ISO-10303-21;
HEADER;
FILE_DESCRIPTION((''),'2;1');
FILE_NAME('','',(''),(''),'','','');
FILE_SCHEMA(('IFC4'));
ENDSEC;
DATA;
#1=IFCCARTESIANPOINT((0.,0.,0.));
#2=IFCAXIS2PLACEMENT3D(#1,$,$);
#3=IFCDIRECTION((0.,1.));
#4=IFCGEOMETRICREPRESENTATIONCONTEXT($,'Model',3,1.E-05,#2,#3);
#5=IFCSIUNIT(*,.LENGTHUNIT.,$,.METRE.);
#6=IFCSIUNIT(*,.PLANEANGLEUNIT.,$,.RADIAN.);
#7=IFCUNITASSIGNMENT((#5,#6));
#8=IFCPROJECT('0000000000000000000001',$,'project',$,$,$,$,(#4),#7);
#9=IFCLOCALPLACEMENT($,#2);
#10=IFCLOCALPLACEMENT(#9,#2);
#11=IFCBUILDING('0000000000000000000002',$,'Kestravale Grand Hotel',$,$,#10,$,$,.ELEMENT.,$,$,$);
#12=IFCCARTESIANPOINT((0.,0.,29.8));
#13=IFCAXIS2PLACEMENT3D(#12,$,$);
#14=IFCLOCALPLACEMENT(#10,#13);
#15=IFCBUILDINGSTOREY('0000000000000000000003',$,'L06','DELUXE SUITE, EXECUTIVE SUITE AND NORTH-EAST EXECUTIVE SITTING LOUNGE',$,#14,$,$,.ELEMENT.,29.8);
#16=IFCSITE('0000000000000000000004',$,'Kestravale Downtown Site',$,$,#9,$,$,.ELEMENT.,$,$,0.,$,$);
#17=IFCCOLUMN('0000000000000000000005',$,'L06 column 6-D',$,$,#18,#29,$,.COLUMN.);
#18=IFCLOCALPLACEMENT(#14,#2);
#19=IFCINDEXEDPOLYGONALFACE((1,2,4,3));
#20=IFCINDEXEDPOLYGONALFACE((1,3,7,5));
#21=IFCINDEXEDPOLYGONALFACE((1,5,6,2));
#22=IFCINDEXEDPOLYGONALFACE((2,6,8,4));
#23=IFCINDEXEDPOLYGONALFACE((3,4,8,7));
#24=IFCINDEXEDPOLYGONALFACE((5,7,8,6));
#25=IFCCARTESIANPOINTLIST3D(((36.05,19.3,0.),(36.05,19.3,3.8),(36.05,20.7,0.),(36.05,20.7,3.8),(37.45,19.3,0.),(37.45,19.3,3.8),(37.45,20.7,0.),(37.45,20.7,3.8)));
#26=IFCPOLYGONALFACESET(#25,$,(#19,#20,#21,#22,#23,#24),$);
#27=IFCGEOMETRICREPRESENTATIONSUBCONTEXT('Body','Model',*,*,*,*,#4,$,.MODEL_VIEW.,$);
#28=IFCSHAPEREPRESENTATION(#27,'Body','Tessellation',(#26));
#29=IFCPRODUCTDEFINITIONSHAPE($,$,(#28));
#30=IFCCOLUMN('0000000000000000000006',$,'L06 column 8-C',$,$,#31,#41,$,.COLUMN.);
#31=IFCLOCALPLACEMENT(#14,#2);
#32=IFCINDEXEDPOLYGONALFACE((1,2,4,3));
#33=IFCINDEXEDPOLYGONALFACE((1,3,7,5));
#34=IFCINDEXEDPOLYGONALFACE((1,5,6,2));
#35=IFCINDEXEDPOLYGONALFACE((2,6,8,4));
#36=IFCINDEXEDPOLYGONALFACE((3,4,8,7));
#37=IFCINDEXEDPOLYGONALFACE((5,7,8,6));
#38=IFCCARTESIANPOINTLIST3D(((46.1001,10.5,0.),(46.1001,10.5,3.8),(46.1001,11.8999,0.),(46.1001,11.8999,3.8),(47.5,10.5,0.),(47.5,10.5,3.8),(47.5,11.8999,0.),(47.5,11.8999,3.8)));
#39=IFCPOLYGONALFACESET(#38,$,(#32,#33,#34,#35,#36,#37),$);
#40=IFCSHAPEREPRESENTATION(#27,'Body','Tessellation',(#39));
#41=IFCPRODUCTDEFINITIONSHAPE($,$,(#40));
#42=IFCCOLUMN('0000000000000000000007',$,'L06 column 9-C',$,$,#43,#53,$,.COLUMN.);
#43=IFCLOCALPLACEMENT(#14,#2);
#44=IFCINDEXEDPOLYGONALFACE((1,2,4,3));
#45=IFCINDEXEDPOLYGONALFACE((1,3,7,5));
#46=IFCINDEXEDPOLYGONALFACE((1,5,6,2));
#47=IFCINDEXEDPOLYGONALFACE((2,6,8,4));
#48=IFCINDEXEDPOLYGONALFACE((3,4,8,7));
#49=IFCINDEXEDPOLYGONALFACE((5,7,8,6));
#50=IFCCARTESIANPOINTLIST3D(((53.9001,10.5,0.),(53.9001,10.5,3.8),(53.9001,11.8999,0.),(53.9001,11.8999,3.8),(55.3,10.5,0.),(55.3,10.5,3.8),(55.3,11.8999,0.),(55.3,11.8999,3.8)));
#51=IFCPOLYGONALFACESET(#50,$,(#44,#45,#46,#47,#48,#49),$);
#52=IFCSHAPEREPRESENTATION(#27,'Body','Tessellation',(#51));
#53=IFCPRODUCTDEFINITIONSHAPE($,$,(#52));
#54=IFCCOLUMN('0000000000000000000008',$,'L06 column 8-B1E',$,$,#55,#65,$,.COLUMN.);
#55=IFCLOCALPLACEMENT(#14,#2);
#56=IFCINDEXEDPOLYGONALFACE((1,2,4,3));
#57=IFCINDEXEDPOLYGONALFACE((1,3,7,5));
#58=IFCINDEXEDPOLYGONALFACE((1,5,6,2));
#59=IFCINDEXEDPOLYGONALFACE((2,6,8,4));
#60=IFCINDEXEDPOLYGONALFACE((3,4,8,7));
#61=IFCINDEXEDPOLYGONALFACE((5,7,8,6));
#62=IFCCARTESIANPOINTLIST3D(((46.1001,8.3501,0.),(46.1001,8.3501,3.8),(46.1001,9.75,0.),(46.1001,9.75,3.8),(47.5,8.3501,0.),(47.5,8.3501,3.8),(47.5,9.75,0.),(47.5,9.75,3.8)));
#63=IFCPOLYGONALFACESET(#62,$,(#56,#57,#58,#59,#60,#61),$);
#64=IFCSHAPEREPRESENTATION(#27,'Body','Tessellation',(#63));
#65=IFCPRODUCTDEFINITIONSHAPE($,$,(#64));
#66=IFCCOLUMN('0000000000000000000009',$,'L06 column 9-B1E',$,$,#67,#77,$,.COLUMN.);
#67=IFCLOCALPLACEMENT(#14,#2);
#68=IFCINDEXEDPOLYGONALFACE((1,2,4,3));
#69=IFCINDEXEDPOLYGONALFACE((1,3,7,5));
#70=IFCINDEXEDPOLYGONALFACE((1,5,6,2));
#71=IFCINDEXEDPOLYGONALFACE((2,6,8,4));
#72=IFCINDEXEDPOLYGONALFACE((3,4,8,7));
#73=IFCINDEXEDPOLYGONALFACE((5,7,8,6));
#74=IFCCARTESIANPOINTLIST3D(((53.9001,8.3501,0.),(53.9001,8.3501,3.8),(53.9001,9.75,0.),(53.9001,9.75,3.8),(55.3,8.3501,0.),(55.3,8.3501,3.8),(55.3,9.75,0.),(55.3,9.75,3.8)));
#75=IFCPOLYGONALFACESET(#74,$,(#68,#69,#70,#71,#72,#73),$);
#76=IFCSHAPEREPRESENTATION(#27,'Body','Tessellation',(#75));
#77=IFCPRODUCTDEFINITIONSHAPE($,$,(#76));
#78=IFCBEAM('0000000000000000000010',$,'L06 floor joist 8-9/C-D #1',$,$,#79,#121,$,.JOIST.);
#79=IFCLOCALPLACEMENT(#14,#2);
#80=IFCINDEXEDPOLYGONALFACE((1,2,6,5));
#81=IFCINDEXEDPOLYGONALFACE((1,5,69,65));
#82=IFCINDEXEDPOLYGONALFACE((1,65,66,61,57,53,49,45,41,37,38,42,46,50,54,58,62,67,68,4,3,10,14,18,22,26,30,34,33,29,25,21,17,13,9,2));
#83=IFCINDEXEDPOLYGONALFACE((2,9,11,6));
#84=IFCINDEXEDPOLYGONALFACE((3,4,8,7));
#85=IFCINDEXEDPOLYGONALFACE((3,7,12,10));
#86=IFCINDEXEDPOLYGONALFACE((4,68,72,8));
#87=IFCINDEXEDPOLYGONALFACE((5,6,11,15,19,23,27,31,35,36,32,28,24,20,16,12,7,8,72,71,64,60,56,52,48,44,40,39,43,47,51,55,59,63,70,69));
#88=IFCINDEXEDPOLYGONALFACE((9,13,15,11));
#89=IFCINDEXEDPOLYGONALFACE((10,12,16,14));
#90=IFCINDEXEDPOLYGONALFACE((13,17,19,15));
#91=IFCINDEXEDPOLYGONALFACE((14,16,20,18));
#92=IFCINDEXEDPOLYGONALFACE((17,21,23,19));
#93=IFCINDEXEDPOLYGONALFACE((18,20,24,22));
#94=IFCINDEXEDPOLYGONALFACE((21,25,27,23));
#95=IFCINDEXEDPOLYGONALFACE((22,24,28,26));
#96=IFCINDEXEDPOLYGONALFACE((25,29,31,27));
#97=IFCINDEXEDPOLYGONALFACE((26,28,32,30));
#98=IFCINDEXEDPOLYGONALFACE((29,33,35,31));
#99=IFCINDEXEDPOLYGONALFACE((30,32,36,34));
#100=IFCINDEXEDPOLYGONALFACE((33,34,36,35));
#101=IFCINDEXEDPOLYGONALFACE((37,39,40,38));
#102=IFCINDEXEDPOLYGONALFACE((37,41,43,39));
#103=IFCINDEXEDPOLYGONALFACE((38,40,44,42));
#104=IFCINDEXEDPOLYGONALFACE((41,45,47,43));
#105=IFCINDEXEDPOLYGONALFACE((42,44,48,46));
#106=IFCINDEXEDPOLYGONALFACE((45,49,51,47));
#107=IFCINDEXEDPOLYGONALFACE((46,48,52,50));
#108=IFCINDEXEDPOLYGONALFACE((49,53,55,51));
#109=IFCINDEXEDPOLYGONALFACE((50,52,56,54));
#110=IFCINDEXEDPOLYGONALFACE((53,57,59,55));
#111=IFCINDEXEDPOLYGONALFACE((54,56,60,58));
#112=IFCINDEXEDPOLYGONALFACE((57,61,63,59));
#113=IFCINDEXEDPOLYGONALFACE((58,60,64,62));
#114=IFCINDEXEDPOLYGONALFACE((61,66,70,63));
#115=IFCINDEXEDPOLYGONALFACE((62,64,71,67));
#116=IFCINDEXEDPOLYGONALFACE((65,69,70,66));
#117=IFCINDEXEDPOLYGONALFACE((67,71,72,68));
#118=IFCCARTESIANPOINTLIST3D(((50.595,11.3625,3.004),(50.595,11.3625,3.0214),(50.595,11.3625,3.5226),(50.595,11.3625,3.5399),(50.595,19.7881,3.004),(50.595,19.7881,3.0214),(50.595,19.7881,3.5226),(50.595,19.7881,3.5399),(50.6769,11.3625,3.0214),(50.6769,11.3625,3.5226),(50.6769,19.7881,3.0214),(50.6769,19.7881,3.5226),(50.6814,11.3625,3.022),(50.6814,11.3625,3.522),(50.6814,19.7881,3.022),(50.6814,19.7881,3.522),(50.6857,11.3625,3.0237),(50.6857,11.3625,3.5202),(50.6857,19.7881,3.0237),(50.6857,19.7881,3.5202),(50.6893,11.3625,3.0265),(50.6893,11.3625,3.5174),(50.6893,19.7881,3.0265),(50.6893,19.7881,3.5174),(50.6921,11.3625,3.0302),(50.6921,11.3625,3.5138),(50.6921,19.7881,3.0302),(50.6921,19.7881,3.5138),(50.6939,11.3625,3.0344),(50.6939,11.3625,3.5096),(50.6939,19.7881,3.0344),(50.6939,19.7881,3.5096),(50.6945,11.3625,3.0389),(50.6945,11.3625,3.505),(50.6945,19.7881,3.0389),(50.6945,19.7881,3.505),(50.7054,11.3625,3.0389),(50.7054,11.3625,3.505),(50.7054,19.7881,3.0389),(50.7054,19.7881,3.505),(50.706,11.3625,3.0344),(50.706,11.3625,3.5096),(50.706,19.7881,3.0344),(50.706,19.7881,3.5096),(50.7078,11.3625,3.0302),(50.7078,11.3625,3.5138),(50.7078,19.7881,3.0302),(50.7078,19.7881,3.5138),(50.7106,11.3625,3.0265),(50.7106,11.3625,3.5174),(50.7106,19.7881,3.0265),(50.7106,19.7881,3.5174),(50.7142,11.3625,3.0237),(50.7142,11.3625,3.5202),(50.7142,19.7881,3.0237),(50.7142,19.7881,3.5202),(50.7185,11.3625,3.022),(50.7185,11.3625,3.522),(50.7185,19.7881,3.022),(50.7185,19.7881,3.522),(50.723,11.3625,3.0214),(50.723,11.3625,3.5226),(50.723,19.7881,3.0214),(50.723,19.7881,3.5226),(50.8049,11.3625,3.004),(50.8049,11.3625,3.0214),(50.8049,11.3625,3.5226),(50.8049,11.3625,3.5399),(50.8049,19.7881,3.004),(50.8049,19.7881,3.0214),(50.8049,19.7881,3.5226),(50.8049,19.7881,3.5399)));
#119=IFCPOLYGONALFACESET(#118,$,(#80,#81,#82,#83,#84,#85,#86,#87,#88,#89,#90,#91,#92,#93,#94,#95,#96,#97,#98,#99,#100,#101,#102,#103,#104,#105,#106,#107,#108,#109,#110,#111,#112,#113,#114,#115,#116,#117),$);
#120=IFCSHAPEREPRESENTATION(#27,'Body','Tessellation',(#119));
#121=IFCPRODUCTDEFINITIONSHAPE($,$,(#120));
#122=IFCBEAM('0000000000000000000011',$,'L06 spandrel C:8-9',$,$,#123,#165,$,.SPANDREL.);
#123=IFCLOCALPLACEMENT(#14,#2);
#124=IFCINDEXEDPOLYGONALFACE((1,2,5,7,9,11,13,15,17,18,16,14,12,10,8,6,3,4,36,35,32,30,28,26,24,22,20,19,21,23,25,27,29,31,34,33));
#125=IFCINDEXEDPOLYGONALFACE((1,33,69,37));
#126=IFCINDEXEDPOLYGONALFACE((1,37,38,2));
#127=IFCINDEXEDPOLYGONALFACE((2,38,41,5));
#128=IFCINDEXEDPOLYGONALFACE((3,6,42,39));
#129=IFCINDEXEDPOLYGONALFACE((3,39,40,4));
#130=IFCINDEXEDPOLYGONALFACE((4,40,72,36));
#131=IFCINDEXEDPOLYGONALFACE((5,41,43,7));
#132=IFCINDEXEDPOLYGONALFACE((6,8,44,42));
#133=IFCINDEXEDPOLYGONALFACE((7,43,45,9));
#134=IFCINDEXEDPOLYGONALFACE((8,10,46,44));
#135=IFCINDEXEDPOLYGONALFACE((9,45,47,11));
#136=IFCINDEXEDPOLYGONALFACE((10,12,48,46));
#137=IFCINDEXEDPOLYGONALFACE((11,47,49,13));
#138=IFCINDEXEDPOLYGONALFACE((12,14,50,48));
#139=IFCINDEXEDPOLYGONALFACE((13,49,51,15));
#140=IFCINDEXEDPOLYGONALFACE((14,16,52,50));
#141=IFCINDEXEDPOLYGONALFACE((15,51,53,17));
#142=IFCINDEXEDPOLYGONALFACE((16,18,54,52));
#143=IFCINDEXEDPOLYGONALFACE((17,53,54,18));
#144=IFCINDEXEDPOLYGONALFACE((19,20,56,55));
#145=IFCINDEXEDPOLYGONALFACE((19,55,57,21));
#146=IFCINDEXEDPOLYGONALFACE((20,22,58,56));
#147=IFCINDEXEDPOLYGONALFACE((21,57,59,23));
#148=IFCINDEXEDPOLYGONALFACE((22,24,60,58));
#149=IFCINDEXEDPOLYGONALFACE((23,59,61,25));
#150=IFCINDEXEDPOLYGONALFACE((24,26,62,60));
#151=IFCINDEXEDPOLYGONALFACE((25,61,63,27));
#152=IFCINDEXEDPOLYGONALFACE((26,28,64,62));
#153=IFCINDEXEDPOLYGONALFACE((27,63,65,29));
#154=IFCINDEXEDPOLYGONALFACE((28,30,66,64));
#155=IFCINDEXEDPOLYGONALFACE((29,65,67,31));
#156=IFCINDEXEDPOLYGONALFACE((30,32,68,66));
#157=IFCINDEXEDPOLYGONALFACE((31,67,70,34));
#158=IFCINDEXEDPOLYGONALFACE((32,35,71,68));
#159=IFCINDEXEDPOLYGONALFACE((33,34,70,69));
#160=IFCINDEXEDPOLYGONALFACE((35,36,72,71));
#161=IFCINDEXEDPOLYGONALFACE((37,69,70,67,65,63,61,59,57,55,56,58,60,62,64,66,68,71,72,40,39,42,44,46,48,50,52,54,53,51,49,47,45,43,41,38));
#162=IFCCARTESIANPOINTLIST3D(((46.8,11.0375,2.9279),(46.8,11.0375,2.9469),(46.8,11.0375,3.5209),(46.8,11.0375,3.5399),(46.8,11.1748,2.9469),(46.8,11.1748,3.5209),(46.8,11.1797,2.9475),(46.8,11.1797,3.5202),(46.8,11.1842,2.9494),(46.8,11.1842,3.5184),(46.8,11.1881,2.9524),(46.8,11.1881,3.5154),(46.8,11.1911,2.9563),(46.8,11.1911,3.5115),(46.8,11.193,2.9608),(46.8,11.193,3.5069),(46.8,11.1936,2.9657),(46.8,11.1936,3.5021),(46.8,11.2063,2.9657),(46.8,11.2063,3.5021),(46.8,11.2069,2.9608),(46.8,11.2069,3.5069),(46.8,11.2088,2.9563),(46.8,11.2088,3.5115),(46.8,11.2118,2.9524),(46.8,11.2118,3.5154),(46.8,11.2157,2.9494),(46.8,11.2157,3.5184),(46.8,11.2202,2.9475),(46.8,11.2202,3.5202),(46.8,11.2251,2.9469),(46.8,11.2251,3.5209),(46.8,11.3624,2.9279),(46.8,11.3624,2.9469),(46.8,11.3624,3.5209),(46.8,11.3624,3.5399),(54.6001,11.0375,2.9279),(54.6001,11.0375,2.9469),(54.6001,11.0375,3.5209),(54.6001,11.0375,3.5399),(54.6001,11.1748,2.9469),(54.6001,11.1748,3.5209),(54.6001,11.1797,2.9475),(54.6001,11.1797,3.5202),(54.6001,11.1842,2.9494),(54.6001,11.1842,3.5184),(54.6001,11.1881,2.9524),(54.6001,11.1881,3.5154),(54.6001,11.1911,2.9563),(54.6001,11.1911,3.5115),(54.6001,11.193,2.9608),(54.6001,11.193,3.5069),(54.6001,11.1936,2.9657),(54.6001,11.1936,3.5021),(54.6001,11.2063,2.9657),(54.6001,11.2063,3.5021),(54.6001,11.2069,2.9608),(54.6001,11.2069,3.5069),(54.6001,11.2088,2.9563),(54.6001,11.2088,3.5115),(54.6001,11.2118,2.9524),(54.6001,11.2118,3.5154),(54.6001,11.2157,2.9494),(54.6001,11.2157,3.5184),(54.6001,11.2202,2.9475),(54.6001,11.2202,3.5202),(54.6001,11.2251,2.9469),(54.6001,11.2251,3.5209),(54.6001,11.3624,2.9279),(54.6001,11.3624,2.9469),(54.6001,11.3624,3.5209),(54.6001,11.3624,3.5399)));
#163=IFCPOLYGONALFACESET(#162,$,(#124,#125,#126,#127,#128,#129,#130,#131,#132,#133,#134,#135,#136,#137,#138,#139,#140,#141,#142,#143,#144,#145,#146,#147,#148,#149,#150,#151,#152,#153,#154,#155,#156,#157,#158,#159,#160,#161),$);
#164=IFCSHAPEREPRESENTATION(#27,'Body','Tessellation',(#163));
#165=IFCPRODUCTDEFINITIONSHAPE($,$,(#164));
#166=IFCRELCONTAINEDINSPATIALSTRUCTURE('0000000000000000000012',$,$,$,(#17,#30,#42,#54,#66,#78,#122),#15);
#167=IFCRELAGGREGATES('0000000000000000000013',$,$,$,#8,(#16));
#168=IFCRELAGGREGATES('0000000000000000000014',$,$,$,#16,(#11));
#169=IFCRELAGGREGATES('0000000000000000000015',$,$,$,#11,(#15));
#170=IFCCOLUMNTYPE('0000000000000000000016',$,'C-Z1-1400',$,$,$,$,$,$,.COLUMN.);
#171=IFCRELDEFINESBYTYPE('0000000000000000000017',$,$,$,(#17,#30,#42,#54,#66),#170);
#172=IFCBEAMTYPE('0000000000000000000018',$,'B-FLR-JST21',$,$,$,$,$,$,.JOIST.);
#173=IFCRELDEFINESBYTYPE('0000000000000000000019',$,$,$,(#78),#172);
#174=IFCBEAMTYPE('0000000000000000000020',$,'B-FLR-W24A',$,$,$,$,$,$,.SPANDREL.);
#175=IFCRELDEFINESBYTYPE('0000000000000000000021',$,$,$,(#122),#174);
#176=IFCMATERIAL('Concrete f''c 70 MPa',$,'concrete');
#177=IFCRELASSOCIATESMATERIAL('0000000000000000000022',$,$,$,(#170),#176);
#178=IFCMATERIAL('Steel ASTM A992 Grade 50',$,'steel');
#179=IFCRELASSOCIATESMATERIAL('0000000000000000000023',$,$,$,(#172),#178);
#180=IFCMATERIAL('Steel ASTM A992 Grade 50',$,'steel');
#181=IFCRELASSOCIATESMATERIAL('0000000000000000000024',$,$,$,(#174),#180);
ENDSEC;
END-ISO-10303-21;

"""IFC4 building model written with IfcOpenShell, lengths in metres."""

from ifc_helpers import new_model, si_unit, direction, frame, origin, origin_2d, place, context, subcontext, project, spatial, rectangle, i_section, extrude, material, material_profile, profile_set, type_object, element, save


model = new_model("IFC4")

# Units and contexts
model_context = context("Model", 3, precision=1e-05, world=origin(), true_north=direction((0.0, 1.0)))
body_context = subcontext(model_context, "Body", "Model", "MODEL_VIEW")
ifc_project = project(units=[si_unit("LENGTHUNIT", "METRE"), si_unit("PLANEANGLEUNIT", "RADIAN")], contexts=[model_context])

# Site, building, storey
site_placement = place(None, origin())
site = spatial("IfcSite", under=ifc_project, at=site_placement, Name="Kestravale Downtown Site", CompositionType="ELEMENT", RefElevation=0.0)
building_placement = place(site_placement, origin())
building = spatial("IfcBuilding", under=site, at=building_placement, Name="Kestravale Grand Hotel", CompositionType="ELEMENT")
storey_placement = place(building_placement, frame((0.0, 0.0, 29.8)))
storey = spatial("IfcBuildingStorey", under=building, at=storey_placement, Name="L06", Description="DELUXE SUITE, EXECUTIVE SUITE AND NORTH-EAST EXECUTIVE SITTING LOUNGE", CompositionType="ELEMENT", Elevation=29.8)

# Columns
ifc_material_1 = material(Name="Concrete f'c 70 MPa", Category="concrete")
ifc_material_profile_1 = material_profile(ifc_material_1, rectangle(XDim=1.3999, YDim=1.3999, at=origin_2d()))
ifc_profile_set_1 = profile_set([ifc_material_profile_1], Name="Concrete f'c 70 MPa")
column_type = type_object("IfcColumnType", Name="C-Z1-1400", PredefinedType="COLUMN", material=ifc_profile_set_1)
for number, where, z_axis, x_axis, name in (
    (1, (36.75, 20.0, 0.0), (0.0, 0.0, 1.0), (1.0, 0.0, 0.0), "L06 column 6-D"),
    (2, (46.8, 11.2, 0.0), (0.0, 0.0, 1.0), (1.0, 0.0, 0.0), "L06 column 8-C"),
    (3, (54.6001, 11.2, 0.0), (0.0, 0.0, 1.0), (1.0, 0.0, 0.0), "L06 column 9-C"),
    (4, (46.8, 9.05, 0.0), (0.0, 0.0, 1.0), (1.0, 0.0, 0.0), "L06 column 8-B1E"),
    (5, (54.6001, 9.05, 0.0), (0.0, 0.0, 1.0), (1.0, 0.0, 0.0), "L06 column 9-B1E"),
):
    element("IfcColumn", number, at=place(storey_placement, frame(where, z_axis=z_axis, x_axis=x_axis)), inside=storey, type_object=column_type, Name=name, PredefinedType="COLUMN", context=body_context, shape_type="SweptSolid", body=[
        extrude(rectangle(XDim=1.3999, YDim=1.3999, at=origin_2d()), origin(), (0.0, 0.0, 1.0), 3.8),
    ])

# Beams
ifc_material_2 = material(Name="Steel ASTM A992 Grade 50", Category="steel")
ifc_material_profile_2 = material_profile(ifc_material_2, i_section(OverallWidth=0.21, OverallDepth=0.5359, WebThickness=0.011, FlangeThickness=0.0173, FilletRadius=0.0176, at=origin_2d()))
ifc_profile_set_2 = profile_set([ifc_material_profile_2], Name="Steel ASTM A992 Grade 50")
beam_type_1 = type_object("IfcBeamType", Name="B-FLR-JST21", PredefinedType="JOIST", material=ifc_profile_set_2)
beam_1_placement = place(storey_placement, frame((50.7, 11.3625, 3.272), z_axis=(0.0, 1.0, 0.0), x_axis=(-1.0, 0.0, 0.0)))
element("IfcBeam", 6, at=beam_1_placement, inside=storey, type_object=beam_type_1, Name="L06 floor joist 8-9/C-D #1", PredefinedType="JOIST", context=body_context, shape_type="SweptSolid", body=[
    extrude(i_section(OverallWidth=0.21, OverallDepth=0.5359, WebThickness=0.011, FlangeThickness=0.0173, FilletRadius=0.0176, at=origin_2d()), origin(), (0.0, 0.0, 1.0), 8.4255),
])
ifc_material_3 = material(Name="Steel ASTM A992 Grade 50", Category="steel")
ifc_material_profile_3 = material_profile(ifc_material_3, i_section(OverallWidth=0.325, OverallDepth=0.6121, WebThickness=0.0127, FlangeThickness=0.019, FilletRadius=0.0188, at=origin_2d()))
ifc_profile_set_3 = profile_set([ifc_material_profile_3], Name="Steel ASTM A992 Grade 50")
beam_type_2 = type_object("IfcBeamType", Name="B-FLR-W24A", PredefinedType="SPANDREL", material=ifc_profile_set_3)
beam_2_placement = place(storey_placement, frame((46.8, 11.2, 3.2339), z_axis=(1.0, 0.0, 0.0), x_axis=(0.0, 1.0, 0.0)))
element("IfcBeam", 7, at=beam_2_placement, inside=storey, type_object=beam_type_2, Name="L06 spandrel C:8-9", PredefinedType="SPANDREL", context=body_context, shape_type="SweptSolid", body=[
    extrude(i_section(OverallWidth=0.325, OverallDepth=0.6121, WebThickness=0.0127, FlangeThickness=0.019, FilletRadius=0.0188, at=origin_2d()), origin(), (0.0, 0.0, 1.0), 7.8),
])

save(model, "model.ifc")
